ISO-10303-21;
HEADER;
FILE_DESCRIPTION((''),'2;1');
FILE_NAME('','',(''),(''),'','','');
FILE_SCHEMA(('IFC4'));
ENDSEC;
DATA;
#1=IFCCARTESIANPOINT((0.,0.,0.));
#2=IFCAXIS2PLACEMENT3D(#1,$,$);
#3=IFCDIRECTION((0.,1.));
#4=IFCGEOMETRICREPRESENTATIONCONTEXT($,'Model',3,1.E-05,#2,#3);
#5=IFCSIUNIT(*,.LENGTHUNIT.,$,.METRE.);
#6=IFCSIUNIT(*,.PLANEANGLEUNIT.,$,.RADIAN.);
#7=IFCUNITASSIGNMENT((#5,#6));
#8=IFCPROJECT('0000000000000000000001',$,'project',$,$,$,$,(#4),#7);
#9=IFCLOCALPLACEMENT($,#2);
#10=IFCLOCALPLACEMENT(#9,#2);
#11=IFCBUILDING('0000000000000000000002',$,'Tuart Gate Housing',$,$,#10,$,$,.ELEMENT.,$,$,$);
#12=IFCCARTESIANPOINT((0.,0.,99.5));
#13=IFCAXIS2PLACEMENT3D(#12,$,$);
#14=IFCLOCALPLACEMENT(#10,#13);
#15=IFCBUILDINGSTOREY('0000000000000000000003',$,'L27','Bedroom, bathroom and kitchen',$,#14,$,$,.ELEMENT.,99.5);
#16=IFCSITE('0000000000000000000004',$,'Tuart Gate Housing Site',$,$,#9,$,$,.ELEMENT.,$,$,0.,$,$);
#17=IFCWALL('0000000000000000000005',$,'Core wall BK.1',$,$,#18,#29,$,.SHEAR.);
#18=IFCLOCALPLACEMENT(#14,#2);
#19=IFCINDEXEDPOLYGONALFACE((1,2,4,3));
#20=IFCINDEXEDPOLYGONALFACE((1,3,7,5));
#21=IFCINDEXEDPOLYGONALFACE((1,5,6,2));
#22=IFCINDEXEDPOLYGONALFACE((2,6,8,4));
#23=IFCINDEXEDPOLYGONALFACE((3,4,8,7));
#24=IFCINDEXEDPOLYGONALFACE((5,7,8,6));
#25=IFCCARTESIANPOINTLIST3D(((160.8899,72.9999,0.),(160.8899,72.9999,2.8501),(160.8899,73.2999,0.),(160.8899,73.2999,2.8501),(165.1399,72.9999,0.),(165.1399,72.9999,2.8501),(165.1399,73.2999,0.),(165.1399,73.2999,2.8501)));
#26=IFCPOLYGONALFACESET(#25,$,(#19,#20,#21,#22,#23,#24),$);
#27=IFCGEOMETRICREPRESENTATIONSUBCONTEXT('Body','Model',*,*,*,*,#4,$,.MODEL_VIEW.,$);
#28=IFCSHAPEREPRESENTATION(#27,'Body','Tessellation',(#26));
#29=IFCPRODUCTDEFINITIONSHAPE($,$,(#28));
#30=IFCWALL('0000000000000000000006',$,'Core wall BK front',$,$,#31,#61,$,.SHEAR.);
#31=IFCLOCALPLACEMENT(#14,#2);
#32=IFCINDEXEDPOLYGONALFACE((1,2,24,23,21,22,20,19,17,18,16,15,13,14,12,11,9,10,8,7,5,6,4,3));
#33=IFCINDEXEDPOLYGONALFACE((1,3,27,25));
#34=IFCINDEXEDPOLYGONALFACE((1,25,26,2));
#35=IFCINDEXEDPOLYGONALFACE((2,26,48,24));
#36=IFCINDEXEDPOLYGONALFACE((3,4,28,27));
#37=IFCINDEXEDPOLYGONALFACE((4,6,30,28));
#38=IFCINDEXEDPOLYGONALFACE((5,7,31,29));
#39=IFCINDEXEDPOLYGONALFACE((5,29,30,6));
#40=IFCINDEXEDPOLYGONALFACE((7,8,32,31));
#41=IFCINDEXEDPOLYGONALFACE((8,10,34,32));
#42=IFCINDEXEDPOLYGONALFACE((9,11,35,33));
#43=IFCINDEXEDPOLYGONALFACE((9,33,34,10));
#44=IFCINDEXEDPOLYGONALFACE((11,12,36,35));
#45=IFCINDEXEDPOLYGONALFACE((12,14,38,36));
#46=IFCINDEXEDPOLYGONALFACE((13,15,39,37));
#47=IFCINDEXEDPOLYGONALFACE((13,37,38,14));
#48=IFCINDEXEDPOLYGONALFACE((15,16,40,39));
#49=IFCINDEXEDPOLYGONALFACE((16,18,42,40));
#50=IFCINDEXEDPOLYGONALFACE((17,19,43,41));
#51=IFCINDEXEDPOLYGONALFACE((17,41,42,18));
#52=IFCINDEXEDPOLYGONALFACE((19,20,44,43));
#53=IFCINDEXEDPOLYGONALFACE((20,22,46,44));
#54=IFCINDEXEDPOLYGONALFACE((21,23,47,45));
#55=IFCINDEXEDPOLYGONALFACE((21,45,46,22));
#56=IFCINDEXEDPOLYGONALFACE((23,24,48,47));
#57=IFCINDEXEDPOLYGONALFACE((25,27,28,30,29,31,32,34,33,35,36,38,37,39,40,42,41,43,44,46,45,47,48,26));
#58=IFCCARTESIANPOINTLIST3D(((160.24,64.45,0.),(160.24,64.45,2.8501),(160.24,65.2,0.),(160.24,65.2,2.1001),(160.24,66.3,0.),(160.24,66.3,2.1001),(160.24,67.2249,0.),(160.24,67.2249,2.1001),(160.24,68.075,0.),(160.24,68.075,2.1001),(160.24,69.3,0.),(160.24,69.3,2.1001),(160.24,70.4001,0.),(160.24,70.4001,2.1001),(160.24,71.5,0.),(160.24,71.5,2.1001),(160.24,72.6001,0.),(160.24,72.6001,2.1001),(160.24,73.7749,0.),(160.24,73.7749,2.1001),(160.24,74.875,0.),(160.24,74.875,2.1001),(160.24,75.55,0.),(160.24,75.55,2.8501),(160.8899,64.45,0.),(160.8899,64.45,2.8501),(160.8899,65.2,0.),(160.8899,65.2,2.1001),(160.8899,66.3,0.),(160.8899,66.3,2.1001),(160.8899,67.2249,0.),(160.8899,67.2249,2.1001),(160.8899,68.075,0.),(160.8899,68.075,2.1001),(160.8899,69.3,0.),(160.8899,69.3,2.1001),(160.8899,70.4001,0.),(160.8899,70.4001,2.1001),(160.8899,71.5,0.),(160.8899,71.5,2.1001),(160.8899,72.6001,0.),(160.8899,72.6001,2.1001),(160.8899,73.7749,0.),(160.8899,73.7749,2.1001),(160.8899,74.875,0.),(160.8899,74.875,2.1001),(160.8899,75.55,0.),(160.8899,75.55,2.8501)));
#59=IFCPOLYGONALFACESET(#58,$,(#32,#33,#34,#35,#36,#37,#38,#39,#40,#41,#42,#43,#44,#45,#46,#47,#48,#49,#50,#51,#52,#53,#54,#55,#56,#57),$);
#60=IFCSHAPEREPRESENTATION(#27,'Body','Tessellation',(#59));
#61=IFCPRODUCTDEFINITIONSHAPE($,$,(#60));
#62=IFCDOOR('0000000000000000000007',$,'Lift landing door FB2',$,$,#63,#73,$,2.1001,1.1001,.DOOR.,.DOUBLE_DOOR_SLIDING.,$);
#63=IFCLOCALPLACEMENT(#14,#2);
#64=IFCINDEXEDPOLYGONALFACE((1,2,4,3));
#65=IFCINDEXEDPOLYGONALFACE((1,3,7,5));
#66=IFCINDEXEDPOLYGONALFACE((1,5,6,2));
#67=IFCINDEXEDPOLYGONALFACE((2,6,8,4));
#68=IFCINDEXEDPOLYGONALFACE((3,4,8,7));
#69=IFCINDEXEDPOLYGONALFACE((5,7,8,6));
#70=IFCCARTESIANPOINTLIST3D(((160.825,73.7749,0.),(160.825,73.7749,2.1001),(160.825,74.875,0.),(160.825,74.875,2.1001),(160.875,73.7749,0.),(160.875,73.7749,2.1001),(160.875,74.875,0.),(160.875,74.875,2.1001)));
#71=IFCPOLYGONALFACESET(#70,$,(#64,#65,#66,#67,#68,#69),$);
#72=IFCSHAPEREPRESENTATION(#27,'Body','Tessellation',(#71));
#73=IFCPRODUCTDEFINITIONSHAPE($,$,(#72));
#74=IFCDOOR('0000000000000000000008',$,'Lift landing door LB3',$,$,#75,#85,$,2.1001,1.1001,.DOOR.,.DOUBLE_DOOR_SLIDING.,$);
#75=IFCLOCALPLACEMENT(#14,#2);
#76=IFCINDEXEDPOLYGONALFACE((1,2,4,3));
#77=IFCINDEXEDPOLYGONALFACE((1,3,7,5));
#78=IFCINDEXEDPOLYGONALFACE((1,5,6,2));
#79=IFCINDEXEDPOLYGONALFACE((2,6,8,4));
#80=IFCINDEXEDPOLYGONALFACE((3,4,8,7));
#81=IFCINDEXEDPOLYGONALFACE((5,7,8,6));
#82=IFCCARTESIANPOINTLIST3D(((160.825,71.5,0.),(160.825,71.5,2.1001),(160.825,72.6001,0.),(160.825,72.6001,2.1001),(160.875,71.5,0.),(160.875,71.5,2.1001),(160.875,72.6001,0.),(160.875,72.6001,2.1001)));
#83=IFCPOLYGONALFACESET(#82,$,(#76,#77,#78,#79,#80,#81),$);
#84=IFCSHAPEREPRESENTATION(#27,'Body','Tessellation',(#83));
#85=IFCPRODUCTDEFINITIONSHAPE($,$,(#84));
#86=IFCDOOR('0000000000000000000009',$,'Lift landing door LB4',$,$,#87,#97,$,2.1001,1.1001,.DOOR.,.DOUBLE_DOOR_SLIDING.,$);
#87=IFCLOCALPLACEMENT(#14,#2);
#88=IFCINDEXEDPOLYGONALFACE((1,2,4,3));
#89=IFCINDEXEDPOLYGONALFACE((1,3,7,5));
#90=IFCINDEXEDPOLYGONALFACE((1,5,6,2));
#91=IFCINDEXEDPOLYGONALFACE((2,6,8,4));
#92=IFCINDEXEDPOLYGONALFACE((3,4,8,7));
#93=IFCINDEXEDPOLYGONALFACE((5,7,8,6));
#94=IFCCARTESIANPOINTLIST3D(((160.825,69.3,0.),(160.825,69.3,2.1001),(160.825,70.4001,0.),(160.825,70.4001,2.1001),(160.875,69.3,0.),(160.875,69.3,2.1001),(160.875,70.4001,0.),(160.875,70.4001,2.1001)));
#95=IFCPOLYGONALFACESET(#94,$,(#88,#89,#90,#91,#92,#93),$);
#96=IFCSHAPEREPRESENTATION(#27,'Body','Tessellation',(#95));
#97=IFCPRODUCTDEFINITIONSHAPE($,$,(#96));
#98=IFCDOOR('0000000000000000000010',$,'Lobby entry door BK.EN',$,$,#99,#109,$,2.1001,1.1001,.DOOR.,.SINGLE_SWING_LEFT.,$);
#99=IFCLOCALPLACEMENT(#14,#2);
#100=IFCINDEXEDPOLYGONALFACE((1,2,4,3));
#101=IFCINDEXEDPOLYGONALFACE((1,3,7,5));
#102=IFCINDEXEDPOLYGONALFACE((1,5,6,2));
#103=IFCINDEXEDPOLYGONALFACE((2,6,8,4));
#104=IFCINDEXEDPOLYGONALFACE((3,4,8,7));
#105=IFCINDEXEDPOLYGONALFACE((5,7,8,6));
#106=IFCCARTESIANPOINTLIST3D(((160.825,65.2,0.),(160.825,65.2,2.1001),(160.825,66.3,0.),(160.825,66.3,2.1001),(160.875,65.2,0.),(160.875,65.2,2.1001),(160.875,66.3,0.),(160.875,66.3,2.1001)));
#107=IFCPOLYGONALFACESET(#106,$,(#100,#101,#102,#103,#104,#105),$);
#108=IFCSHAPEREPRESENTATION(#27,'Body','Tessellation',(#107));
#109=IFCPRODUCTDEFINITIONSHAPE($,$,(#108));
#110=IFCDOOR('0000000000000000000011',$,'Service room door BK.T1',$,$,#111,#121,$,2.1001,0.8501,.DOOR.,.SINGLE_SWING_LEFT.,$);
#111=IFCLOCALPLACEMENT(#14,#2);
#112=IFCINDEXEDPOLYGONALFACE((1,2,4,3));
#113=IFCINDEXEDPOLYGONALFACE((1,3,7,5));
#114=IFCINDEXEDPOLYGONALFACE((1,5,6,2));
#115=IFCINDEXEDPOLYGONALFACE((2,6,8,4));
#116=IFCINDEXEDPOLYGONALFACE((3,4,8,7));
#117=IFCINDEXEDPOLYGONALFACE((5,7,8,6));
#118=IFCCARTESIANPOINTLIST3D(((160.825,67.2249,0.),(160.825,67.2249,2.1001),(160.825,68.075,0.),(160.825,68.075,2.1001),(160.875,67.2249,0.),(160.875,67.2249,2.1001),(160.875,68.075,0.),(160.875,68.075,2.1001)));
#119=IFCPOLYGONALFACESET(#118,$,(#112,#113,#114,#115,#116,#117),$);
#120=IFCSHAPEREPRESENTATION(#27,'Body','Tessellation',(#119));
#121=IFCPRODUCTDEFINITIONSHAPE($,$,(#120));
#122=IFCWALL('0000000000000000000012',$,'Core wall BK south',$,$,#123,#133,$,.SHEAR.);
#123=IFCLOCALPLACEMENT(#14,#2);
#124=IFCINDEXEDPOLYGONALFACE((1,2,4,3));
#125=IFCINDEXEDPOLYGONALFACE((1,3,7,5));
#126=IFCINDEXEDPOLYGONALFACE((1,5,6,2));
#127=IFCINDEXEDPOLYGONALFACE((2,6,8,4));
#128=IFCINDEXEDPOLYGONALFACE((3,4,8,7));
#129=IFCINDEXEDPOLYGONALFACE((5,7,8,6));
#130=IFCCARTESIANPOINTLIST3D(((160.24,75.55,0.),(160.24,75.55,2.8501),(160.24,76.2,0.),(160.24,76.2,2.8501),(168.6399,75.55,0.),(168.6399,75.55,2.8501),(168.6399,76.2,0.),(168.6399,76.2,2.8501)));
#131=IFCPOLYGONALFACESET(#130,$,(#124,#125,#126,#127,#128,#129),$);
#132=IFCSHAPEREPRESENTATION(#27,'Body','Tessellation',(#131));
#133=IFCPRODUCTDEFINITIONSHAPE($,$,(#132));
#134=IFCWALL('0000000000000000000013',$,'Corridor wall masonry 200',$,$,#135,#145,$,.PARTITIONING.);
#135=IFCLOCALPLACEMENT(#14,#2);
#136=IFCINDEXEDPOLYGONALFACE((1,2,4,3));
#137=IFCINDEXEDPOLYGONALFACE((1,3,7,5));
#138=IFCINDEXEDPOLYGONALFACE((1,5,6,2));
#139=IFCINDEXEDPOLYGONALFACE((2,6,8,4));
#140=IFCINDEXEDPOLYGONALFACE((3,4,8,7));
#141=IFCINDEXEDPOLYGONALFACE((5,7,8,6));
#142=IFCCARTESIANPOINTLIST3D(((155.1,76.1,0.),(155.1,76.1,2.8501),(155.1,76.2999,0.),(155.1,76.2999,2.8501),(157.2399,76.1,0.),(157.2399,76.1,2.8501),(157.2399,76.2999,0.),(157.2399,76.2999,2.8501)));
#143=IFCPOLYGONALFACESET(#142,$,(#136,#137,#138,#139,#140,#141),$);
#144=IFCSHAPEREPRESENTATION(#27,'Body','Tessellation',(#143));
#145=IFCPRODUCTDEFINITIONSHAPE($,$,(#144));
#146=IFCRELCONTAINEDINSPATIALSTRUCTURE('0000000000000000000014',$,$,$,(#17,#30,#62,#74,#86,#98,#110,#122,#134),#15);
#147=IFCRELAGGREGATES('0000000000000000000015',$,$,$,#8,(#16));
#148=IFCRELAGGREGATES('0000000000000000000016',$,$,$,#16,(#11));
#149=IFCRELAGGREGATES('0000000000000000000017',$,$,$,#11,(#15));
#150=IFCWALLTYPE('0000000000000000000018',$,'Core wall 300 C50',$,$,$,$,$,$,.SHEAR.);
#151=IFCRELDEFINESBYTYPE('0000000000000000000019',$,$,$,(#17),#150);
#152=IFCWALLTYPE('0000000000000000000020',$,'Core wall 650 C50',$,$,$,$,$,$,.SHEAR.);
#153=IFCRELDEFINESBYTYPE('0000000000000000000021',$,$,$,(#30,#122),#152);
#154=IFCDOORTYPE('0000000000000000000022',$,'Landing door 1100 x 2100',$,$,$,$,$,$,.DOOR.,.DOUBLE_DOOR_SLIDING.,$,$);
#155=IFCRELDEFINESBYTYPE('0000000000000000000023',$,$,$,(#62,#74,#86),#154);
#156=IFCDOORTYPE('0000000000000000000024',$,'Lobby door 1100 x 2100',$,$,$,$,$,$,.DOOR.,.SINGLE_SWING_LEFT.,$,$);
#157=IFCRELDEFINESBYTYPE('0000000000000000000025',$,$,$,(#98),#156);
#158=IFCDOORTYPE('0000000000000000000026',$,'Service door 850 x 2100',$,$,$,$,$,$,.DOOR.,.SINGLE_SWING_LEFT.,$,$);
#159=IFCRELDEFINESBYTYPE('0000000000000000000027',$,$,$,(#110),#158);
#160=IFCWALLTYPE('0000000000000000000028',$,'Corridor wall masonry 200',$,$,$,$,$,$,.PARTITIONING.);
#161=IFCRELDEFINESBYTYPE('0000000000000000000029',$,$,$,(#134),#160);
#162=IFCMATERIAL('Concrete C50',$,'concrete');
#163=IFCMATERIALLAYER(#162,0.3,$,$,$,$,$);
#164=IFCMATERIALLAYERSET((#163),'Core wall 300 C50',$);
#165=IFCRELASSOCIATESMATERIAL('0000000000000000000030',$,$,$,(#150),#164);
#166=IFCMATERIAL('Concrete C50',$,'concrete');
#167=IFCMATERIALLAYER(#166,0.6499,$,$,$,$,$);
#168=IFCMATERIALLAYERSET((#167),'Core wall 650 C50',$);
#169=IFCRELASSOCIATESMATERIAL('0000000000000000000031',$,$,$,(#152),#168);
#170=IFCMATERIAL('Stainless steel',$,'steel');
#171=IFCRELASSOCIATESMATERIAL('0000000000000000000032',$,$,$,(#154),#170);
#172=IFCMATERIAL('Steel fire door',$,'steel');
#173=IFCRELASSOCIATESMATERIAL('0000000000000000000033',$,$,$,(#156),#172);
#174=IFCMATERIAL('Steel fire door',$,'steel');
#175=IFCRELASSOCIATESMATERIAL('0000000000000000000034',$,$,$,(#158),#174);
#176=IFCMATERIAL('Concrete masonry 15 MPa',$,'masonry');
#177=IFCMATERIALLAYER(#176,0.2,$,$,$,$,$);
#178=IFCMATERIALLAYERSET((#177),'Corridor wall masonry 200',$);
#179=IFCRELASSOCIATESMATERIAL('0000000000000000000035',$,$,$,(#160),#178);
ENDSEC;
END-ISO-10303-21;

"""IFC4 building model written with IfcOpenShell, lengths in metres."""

from ifc_helpers import new_model, si_unit, direction, frame, frame_2d, origin, place, context, subcontext, project, spatial, rectangle, extrude, material, layer, layer_set, type_object, element, fill, save


model = new_model("IFC4")

# Units and contexts
model_context = context("Model", 3, precision=1e-05, world=origin(), true_north=direction((0.0, 1.0)))
body_context = subcontext(model_context, "Body", "Model", "MODEL_VIEW")
ifc_project = project(units=[si_unit("LENGTHUNIT", "METRE"), si_unit("PLANEANGLEUNIT", "RADIAN")], contexts=[model_context])

# Site, building, storey
site_placement = place(None, origin())
site = spatial("IfcSite", under=ifc_project, at=site_placement, Name="Tuart Gate Housing Site", CompositionType="ELEMENT", RefElevation=0.0)
building_placement = place(site_placement, origin())
building = spatial("IfcBuilding", under=site, at=building_placement, Name="Tuart Gate Housing", CompositionType="ELEMENT")
storey_placement = place(building_placement, frame((0.0, 0.0, 99.5)))
storey = spatial("IfcBuildingStorey", under=building, at=storey_placement, Name="L27", Description="Bedroom, bathroom and kitchen", CompositionType="ELEMENT", Elevation=99.5)

# Wall
ifc_material_1 = material(Name="Concrete C50", Category="concrete")
ifc_layer_1 = layer(ifc_material_1, 0.3)
ifc_layer_set_1 = layer_set([ifc_layer_1], Name="Core wall 300 C50")
wall_type_1 = type_object("IfcWallType", Name="Core wall 300 C50", PredefinedType="SHEAR", material=ifc_layer_set_1)
wall_1_placement = place(storey_placement, frame((160.8899, 73.1499, 0.0), z_axis=(0.0, 0.0, 1.0), x_axis=(1.0, 0.0, 0.0)))
element("IfcWall", 1, at=wall_1_placement, inside=storey, type_object=wall_type_1, Name="Core wall BK.1", PredefinedType="SHEAR", context=body_context, shape_type="SweptSolid", body=[
    extrude(rectangle(XDim=4.25, YDim=0.3, at=frame_2d((2.125, 0.0))), origin(), (0.0, 0.0, 1.0), 2.8501),
])

# Wall, openings, doors
ifc_material_2 = material(Name="Concrete C50", Category="concrete")
ifc_layer_2 = layer(ifc_material_2, 0.6499)
ifc_layer_set_2 = layer_set([ifc_layer_2], Name="Core wall 650 C50")
wall_type_2 = type_object("IfcWallType", Name="Core wall 650 C50", PredefinedType="SHEAR", material=ifc_layer_set_2)
wall_2_placement = place(storey_placement, frame((160.5649, 75.55, 0.0), z_axis=(0.0, 0.0, 1.0), x_axis=(0.0, -1.0, 0.0)))
wall_2 = element("IfcWall", 2, at=wall_2_placement, inside=storey, type_object=wall_type_2, Name="Core wall BK front", PredefinedType="SHEAR", context=body_context, shape_type="SweptSolid", body=[
    extrude(rectangle(XDim=11.1001, YDim=0.6499, at=frame_2d((5.55, 0.0))), origin(), (0.0, 0.0, 1.0), 2.8501),
])
opening_1_placement = place(wall_2_placement, frame((0.675, 0.0, 0.0)))
opening_1 = element("IfcOpeningElement", 3, at=opening_1_placement, cuts=wall_2, PredefinedType="OPENING", context=body_context, shape_type="SweptSolid", body=[
    extrude(rectangle(XDim=1.1001, YDim=2.1001, at=frame_2d((0.55, 1.05))), frame((0.0, 0.335, 0.0), z_axis=(0.0, -1.0, 0.0), x_axis=(1.0, 0.0, 0.0)), (0.0, 0.0, 1.0), 0.6699),
])
opening_2_placement = place(wall_2_placement, frame((2.95, 0.0, 0.0)))
opening_2 = element("IfcOpeningElement", 4, at=opening_2_placement, cuts=wall_2, PredefinedType="OPENING", context=body_context, shape_type="SweptSolid", body=[
    extrude(rectangle(XDim=1.1001, YDim=2.1001, at=frame_2d((0.55, 1.05))), frame((0.0, 0.335, 0.0), z_axis=(0.0, -1.0, 0.0), x_axis=(1.0, 0.0, 0.0)), (0.0, 0.0, 1.0), 0.6699),
])
opening_3_placement = place(wall_2_placement, frame((5.1499, 0.0, 0.0)))
opening_3 = element("IfcOpeningElement", 5, at=opening_3_placement, cuts=wall_2, PredefinedType="OPENING", context=body_context, shape_type="SweptSolid", body=[
    extrude(rectangle(XDim=1.1001, YDim=2.1001, at=frame_2d((0.55, 1.05))), frame((0.0, 0.335, 0.0), z_axis=(0.0, -1.0, 0.0), x_axis=(1.0, 0.0, 0.0)), (0.0, 0.0, 1.0), 0.6699),
])
opening_4_placement = place(wall_2_placement, frame((9.25, 0.0, 0.0)))
opening_4 = element("IfcOpeningElement", 6, at=opening_4_placement, cuts=wall_2, PredefinedType="OPENING", context=body_context, shape_type="SweptSolid", body=[
    extrude(rectangle(XDim=1.1001, YDim=2.1001, at=frame_2d((0.55, 1.05))), frame((0.0, 0.335, 0.0), z_axis=(0.0, -1.0, 0.0), x_axis=(1.0, 0.0, 0.0)), (0.0, 0.0, 1.0), 0.6699),
])
opening_5_placement = place(wall_2_placement, frame((7.4751, 0.0, 0.0)))
opening_5 = element("IfcOpeningElement", 7, at=opening_5_placement, cuts=wall_2, PredefinedType="OPENING", context=body_context, shape_type="SweptSolid", body=[
    extrude(rectangle(XDim=0.8501, YDim=2.1001, at=frame_2d((0.425, 1.05))), frame((0.0, 0.335, 0.0), z_axis=(0.0, -1.0, 0.0), x_axis=(1.0, 0.0, 0.0)), (0.0, 0.0, 1.0), 0.6699),
])
ifc_material_3 = material(Name="Stainless steel", Category="steel")
door_type_1 = type_object("IfcDoorType", Name="Landing door 1100 x 2100", OperationType="DOUBLE_DOOR_SLIDING", PredefinedType="DOOR", material=ifc_material_3)
door_1_placement = place(opening_1_placement, origin())
door_1 = element("IfcDoor", 8, at=door_1_placement, inside=storey, type_object=door_type_1, Name="Lift landing door FB2", OperationType="DOUBLE_DOOR_SLIDING", OverallHeight=2.1001, OverallWidth=1.1001, PredefinedType="DOOR", context=body_context, shape_type="SweptSolid", body=[
    extrude(rectangle(XDim=1.1001, YDim=2.1001, at=frame_2d((0.55, 1.05))), frame((0.0, 0.3101, 0.0), z_axis=(0.0, -1.0, 0.0), x_axis=(1.0, 0.0, 0.0)), (0.0, 0.0, 1.0), 0.05),
])
fill(opening_1, door_1)
door_2_placement = place(opening_2_placement, origin())
door_2 = element("IfcDoor", 9, at=door_2_placement, inside=storey, type_object=door_type_1, Name="Lift landing door LB3", OperationType="DOUBLE_DOOR_SLIDING", OverallHeight=2.1001, OverallWidth=1.1001, PredefinedType="DOOR", context=body_context, shape_type="SweptSolid", body=[
    extrude(rectangle(XDim=1.1001, YDim=2.1001, at=frame_2d((0.55, 1.05))), frame((0.0, 0.3101, 0.0), z_axis=(0.0, -1.0, 0.0), x_axis=(1.0, 0.0, 0.0)), (0.0, 0.0, 1.0), 0.05),
])
fill(opening_2, door_2)
door_3_placement = place(opening_3_placement, origin())
door_3 = element("IfcDoor", 10, at=door_3_placement, inside=storey, type_object=door_type_1, Name="Lift landing door LB4", OperationType="DOUBLE_DOOR_SLIDING", OverallHeight=2.1001, OverallWidth=1.1001, PredefinedType="DOOR", context=body_context, shape_type="SweptSolid", body=[
    extrude(rectangle(XDim=1.1001, YDim=2.1001, at=frame_2d((0.55, 1.05))), frame((0.0, 0.3101, 0.0), z_axis=(0.0, -1.0, 0.0), x_axis=(1.0, 0.0, 0.0)), (0.0, 0.0, 1.0), 0.05),
])
fill(opening_3, door_3)
ifc_material_4 = material(Name="Steel fire door", Category="steel")
door_type_2 = type_object("IfcDoorType", Name="Lobby door 1100 x 2100", OperationType="SINGLE_SWING_LEFT", PredefinedType="DOOR", material=ifc_material_4)
door_4_placement = place(opening_4_placement, origin())
door_4 = element("IfcDoor", 11, at=door_4_placement, inside=storey, type_object=door_type_2, Name="Lobby entry door BK.EN", OperationType="SINGLE_SWING_LEFT", OverallHeight=2.1001, OverallWidth=1.1001, PredefinedType="DOOR", context=body_context, shape_type="SweptSolid", body=[
    extrude(rectangle(XDim=1.1001, YDim=2.1001, at=frame_2d((0.55, 1.05))), frame((0.0, 0.3101, 0.0), z_axis=(0.0, -1.0, 0.0), x_axis=(1.0, 0.0, 0.0)), (0.0, 0.0, 1.0), 0.05),
])
fill(opening_4, door_4)
ifc_material_5 = material(Name="Steel fire door", Category="steel")
door_type_3 = type_object("IfcDoorType", Name="Service door 850 x 2100", OperationType="SINGLE_SWING_LEFT", PredefinedType="DOOR", material=ifc_material_5)
door_5_placement = place(opening_5_placement, origin())
door_5 = element("IfcDoor", 12, at=door_5_placement, inside=storey, type_object=door_type_3, Name="Service room door BK.T1", OperationType="SINGLE_SWING_LEFT", OverallHeight=2.1001, OverallWidth=0.8501, PredefinedType="DOOR", context=body_context, shape_type="SweptSolid", body=[
    extrude(rectangle(XDim=0.8501, YDim=2.1001, at=frame_2d((0.425, 1.05))), frame((0.0, 0.3101, 0.0), z_axis=(0.0, -1.0, 0.0), x_axis=(1.0, 0.0, 0.0)), (0.0, 0.0, 1.0), 0.05),
])
fill(opening_5, door_5)

# Walls
wall_3_placement = place(storey_placement, frame((160.24, 75.875, 0.0), z_axis=(0.0, 0.0, 1.0), x_axis=(1.0, 0.0, 0.0)))
element("IfcWall", 13, at=wall_3_placement, inside=storey, type_object=wall_type_2, Name="Core wall BK south", PredefinedType="SHEAR", context=body_context, shape_type="SweptSolid", body=[
    extrude(rectangle(XDim=8.3999, YDim=0.6499, at=frame_2d((4.2, 0.0))), origin(), (0.0, 0.0, 1.0), 2.8501),
])
ifc_material_6 = material(Name="Concrete masonry 15 MPa", Category="masonry")
ifc_layer_3 = layer(ifc_material_6, 0.2)
ifc_layer_set_3 = layer_set([ifc_layer_3], Name="Corridor wall masonry 200")
wall_type_3 = type_object("IfcWallType", Name="Corridor wall masonry 200", PredefinedType="PARTITIONING", material=ifc_layer_set_3)
wall_4_placement = place(storey_placement, frame((155.1001, 76.2, 0.0), z_axis=(0.0, 0.0, 1.0), x_axis=(1.0, 0.0, 0.0)))
element("IfcWall", 14, at=wall_4_placement, inside=storey, type_object=wall_type_3, Name="Corridor wall masonry 200", PredefinedType="PARTITIONING", context=body_context, shape_type="SweptSolid", body=[
    extrude(rectangle(XDim=2.1399, YDim=0.2, at=frame_2d((1.0698, 0.0))), origin(), (0.0, 0.0, 1.0), 2.8501),
])

save(model, "model.ifc")
